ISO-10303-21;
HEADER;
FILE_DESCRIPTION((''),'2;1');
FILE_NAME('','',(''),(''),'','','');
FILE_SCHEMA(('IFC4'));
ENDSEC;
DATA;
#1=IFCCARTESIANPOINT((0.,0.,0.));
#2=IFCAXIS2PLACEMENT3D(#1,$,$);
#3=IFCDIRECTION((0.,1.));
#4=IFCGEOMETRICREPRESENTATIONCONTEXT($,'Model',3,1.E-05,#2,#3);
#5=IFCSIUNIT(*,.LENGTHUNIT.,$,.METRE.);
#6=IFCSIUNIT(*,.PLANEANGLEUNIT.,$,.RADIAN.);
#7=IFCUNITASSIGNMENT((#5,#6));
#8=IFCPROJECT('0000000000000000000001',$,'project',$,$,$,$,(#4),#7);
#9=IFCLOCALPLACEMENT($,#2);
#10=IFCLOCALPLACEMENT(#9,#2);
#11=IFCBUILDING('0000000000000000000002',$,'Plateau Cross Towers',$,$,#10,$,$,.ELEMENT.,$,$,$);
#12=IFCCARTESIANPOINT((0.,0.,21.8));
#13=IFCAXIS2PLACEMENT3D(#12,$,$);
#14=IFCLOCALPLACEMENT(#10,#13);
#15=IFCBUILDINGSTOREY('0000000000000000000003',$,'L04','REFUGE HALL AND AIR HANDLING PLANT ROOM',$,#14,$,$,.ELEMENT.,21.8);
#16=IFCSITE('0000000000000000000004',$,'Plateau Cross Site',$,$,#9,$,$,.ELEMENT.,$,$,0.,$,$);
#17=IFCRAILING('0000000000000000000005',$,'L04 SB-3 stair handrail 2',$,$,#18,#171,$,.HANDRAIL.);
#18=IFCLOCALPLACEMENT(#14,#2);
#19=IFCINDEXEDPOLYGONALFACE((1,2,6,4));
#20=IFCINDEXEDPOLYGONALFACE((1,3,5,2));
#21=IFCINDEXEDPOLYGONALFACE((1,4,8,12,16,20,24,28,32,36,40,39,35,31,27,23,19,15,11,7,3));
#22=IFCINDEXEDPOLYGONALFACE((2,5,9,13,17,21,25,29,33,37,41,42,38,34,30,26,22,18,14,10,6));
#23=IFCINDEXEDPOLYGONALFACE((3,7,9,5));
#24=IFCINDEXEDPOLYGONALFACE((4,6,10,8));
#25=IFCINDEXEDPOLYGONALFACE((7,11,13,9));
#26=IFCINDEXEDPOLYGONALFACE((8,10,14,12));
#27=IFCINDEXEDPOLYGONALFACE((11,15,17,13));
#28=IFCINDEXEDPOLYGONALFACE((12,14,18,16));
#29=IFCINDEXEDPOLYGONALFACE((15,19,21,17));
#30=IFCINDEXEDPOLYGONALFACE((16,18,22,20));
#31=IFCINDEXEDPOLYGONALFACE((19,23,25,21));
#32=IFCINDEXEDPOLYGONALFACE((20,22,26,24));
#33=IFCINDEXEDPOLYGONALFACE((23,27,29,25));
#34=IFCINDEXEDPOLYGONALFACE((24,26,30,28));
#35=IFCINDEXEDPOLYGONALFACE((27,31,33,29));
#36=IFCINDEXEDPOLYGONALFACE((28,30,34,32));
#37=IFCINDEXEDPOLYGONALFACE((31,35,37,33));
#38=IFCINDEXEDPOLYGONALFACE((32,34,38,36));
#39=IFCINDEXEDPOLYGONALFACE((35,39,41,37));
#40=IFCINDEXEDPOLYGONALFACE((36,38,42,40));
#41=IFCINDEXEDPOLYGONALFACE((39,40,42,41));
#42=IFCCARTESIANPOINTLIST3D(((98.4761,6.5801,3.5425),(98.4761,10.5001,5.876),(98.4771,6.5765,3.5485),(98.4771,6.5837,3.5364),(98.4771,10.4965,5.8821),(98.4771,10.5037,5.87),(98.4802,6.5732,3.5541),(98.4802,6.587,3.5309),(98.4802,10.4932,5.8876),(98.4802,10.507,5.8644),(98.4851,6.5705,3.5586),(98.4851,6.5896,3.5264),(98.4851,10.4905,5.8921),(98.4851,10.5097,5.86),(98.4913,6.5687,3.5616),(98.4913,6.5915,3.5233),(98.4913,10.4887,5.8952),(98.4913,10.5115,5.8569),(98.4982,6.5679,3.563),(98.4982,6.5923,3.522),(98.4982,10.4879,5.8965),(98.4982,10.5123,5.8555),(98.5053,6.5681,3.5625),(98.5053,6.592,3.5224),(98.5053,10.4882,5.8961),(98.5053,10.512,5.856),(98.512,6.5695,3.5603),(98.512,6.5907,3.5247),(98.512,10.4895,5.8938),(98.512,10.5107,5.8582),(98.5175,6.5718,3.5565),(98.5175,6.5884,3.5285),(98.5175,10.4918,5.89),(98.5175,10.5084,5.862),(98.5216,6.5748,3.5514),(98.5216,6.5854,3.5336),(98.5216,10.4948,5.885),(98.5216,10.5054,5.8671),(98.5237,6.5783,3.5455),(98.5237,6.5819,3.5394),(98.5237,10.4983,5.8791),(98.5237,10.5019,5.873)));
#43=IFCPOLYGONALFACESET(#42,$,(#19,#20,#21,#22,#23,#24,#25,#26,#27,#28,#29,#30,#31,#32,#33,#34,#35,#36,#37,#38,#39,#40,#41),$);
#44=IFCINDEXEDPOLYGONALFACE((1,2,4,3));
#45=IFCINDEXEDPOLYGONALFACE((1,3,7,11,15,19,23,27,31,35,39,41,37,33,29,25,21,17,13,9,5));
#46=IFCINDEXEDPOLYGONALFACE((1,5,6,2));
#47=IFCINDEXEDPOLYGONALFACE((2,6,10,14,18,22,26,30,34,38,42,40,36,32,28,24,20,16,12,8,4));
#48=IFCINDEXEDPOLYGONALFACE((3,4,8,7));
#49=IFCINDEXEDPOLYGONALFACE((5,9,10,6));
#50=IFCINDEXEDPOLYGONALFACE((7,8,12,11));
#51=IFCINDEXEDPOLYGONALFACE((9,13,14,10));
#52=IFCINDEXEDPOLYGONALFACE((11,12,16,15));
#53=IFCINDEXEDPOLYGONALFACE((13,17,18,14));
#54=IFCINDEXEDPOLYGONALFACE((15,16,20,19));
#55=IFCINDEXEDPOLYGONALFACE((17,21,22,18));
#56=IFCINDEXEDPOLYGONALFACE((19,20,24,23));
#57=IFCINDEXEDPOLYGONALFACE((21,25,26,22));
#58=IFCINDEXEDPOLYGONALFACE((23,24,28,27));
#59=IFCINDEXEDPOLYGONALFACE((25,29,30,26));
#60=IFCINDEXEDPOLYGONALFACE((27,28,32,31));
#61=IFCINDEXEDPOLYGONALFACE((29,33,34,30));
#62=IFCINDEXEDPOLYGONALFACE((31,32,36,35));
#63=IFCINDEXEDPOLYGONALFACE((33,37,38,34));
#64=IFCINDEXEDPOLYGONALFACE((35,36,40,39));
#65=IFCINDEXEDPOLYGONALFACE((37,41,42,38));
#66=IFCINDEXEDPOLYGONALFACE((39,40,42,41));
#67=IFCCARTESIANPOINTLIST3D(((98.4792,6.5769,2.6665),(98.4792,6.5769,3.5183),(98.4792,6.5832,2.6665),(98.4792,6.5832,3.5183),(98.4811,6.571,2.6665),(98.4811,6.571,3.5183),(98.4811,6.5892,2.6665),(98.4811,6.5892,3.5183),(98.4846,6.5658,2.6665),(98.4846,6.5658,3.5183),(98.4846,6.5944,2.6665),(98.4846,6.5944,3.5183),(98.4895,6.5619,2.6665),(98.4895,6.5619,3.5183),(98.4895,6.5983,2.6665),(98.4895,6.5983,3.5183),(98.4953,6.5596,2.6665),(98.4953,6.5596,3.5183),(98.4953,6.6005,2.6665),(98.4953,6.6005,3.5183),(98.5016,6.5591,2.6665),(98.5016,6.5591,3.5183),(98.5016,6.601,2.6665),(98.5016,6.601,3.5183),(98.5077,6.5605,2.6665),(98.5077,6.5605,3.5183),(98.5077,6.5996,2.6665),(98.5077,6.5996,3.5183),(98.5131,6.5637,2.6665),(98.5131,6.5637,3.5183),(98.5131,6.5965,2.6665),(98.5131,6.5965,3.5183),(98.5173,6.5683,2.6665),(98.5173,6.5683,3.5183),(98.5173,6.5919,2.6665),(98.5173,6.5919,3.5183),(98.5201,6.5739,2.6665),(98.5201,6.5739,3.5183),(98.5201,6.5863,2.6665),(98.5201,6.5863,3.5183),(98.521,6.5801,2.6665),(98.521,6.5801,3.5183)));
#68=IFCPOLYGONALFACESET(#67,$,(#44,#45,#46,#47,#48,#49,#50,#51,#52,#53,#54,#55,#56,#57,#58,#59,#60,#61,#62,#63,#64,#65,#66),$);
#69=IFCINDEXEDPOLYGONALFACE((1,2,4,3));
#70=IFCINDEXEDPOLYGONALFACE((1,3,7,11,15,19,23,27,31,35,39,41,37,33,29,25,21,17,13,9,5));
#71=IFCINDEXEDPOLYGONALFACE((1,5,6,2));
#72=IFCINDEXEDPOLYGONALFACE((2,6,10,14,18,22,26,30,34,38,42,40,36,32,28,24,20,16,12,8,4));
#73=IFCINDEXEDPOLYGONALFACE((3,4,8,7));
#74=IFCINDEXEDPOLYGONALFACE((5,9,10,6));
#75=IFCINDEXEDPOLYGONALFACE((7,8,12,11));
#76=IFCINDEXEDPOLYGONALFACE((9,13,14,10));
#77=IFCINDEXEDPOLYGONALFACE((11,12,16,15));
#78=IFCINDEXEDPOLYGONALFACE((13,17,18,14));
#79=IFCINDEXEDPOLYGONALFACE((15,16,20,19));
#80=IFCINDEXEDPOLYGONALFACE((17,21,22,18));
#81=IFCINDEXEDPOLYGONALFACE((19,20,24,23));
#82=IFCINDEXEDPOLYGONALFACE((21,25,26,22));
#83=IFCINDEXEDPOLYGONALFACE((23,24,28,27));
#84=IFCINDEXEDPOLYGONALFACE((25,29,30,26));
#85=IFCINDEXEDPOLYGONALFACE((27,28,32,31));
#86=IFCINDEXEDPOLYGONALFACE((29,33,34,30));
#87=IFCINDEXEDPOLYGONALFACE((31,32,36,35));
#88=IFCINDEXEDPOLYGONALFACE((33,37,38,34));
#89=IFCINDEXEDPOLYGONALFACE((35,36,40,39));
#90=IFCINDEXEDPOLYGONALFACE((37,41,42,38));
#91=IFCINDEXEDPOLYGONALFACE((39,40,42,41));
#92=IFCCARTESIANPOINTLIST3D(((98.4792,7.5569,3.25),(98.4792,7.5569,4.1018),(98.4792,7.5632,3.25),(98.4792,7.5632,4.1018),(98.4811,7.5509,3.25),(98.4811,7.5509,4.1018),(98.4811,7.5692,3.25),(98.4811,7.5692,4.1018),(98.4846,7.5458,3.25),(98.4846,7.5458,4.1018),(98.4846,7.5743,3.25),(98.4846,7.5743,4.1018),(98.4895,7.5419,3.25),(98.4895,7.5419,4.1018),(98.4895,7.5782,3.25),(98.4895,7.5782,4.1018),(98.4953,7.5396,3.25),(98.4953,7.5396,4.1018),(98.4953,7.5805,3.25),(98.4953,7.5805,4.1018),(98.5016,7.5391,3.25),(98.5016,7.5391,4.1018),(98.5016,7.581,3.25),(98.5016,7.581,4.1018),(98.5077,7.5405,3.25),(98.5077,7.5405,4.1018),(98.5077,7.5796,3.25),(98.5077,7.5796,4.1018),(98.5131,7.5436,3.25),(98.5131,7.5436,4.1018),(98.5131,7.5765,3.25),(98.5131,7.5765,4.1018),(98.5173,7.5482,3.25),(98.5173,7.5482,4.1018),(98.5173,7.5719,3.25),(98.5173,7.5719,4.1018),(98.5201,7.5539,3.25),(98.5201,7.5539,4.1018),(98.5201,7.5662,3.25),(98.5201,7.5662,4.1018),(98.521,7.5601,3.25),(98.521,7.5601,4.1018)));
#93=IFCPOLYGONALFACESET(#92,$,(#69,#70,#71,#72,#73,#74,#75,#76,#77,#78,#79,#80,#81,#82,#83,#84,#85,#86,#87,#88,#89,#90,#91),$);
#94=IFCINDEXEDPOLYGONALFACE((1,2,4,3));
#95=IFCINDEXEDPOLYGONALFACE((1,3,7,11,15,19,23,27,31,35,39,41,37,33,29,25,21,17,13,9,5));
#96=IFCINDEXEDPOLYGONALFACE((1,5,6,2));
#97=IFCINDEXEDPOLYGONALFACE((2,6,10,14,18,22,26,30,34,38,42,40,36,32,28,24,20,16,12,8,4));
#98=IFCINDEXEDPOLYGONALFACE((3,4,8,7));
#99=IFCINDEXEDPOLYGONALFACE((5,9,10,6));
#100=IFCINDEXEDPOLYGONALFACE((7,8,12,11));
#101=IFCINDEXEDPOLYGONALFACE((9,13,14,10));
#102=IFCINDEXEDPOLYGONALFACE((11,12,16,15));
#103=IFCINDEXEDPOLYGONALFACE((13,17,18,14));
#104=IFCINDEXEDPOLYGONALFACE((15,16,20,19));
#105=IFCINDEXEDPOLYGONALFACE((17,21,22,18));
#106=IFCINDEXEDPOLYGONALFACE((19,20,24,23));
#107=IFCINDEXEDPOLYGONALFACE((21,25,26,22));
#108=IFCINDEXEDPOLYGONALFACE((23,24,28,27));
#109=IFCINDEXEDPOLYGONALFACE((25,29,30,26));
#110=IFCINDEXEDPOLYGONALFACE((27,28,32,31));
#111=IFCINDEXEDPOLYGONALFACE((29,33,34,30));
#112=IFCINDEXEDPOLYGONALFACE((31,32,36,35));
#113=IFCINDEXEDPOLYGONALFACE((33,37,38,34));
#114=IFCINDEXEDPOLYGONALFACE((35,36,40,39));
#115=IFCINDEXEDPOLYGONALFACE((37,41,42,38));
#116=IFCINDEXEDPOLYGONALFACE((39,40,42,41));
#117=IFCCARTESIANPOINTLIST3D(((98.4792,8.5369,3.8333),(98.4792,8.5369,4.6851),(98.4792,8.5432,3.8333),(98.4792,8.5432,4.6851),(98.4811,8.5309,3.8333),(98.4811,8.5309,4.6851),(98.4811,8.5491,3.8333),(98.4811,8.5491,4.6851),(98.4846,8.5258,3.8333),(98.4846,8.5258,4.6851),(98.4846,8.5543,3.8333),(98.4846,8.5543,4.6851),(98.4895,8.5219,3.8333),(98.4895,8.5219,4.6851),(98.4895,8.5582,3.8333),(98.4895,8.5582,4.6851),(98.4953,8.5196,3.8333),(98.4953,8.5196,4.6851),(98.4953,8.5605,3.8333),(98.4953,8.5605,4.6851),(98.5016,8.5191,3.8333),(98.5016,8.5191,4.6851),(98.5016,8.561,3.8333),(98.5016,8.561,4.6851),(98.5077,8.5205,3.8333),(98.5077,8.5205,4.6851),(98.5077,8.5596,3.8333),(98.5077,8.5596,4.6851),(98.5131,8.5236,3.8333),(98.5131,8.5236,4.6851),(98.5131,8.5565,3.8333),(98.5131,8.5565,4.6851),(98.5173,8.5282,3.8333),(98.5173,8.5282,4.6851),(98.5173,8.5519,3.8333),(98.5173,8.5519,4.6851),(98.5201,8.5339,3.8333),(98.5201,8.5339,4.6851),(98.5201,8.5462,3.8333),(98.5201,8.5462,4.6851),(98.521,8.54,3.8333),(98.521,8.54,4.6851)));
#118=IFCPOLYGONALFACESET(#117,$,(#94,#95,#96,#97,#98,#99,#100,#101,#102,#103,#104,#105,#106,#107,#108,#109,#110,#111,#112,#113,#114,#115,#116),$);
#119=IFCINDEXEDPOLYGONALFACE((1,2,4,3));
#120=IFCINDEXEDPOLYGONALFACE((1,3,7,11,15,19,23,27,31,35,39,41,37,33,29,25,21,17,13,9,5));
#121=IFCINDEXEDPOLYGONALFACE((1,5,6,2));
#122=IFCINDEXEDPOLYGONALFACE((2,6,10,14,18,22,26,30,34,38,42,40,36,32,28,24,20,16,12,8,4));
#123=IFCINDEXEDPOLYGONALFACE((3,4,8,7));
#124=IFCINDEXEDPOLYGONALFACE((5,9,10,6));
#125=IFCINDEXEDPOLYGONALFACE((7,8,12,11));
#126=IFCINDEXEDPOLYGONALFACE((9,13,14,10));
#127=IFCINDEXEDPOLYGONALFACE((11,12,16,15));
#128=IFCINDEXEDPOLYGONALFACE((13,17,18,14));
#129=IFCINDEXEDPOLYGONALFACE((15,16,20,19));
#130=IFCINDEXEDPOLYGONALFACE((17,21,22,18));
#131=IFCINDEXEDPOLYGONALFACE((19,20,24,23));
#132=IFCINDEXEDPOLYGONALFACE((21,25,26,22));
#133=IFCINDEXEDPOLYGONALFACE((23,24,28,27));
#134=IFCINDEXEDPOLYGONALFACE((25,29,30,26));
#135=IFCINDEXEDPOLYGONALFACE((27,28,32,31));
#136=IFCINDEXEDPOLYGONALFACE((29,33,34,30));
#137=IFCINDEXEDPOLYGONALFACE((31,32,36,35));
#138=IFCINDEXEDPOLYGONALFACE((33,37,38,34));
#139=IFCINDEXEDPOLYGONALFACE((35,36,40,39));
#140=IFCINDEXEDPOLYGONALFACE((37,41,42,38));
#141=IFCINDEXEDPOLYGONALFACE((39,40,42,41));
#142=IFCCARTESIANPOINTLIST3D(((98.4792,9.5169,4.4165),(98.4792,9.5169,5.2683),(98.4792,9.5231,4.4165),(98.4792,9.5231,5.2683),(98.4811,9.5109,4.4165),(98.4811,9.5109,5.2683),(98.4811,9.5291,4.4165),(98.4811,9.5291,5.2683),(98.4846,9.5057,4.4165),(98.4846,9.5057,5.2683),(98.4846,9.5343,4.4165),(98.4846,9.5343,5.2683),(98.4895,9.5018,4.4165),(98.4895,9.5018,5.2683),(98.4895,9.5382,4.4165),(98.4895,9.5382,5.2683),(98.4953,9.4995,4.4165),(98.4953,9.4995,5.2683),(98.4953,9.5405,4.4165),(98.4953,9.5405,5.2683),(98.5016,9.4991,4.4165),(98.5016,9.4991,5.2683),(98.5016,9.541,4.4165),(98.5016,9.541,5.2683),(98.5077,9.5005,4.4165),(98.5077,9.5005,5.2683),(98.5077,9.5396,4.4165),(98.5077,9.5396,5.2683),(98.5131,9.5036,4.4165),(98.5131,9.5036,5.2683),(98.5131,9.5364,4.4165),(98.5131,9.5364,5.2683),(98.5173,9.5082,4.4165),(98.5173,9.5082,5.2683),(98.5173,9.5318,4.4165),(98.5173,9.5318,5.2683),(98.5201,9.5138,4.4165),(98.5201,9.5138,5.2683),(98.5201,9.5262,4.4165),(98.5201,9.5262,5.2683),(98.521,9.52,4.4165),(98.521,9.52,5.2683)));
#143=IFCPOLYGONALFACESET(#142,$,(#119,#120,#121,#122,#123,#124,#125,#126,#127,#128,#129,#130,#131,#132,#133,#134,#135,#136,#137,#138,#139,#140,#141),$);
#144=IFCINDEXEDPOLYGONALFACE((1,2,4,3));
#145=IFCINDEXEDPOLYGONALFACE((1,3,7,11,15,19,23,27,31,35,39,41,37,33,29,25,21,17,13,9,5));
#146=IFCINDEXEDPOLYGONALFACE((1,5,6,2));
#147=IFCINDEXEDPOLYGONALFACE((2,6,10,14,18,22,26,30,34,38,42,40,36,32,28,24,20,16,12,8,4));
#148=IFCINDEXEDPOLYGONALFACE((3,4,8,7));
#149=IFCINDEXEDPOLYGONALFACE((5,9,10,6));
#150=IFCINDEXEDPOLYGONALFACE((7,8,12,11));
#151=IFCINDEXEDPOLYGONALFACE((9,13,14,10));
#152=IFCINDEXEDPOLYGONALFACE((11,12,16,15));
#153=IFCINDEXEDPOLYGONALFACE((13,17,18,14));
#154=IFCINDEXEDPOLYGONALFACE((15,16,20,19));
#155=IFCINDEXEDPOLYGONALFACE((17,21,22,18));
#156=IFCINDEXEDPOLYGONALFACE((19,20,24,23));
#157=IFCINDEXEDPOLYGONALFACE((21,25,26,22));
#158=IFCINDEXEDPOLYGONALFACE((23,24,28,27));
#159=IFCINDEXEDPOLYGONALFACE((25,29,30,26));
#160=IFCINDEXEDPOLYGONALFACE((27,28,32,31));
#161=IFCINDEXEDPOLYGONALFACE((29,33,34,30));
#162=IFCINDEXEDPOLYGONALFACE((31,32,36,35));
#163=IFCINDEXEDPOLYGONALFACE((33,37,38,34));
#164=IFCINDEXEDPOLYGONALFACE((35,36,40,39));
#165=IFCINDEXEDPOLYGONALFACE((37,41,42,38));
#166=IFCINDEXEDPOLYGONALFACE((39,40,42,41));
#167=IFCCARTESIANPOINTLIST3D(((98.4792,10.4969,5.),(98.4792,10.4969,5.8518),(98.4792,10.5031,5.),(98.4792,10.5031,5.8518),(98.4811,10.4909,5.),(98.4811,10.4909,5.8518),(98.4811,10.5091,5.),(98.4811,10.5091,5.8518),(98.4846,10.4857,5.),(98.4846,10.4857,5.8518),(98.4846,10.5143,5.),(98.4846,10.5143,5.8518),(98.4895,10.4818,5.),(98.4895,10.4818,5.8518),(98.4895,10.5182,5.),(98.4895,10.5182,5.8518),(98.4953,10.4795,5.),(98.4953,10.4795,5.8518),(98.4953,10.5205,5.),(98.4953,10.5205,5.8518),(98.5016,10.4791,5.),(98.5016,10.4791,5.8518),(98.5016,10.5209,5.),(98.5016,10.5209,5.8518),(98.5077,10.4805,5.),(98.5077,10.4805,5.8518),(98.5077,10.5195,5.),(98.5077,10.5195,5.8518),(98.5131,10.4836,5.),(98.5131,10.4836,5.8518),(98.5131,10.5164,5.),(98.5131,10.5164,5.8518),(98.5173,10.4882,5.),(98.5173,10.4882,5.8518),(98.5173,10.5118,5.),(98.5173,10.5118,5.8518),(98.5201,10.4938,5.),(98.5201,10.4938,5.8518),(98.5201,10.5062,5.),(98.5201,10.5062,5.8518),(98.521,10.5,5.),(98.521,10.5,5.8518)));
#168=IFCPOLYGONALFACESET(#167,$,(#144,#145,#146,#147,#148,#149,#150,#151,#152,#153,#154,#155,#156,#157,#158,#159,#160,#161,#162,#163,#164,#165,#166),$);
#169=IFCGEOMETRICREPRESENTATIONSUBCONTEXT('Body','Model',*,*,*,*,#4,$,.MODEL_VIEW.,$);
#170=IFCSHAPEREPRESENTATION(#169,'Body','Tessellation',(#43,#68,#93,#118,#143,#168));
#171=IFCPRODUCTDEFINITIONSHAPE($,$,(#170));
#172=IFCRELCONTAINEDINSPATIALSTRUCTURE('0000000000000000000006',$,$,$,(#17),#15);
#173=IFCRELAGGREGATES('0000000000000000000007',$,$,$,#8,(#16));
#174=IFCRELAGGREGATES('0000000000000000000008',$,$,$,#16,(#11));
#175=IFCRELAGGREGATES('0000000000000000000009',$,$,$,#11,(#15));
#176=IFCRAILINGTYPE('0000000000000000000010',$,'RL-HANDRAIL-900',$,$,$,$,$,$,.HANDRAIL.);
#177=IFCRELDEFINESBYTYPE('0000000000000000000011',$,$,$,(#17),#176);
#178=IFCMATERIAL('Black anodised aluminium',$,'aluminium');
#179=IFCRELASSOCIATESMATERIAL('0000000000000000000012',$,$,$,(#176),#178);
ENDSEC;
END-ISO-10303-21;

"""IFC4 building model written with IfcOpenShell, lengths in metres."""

from ifc_helpers import new_model, si_unit, direction, frame, origin, origin_2d, place, context, subcontext, project, spatial, circle, extrude, material, type_object, element, save


model = new_model("IFC4")

# Units and contexts
model_context = context("Model", 3, precision=1e-05, world=origin(), true_north=direction((0.0, 1.0)))
body_context = subcontext(model_context, "Body", "Model", "MODEL_VIEW")
ifc_project = project(units=[si_unit("LENGTHUNIT", "METRE"), si_unit("PLANEANGLEUNIT", "RADIAN")], contexts=[model_context])

# Site, building, storey
site_placement = place(None, origin())
site = spatial("IfcSite", under=ifc_project, at=site_placement, Name="Plateau Cross Site", CompositionType="ELEMENT", RefElevation=0.0)
building_placement = place(site_placement, origin())
building = spatial("IfcBuilding", under=site, at=building_placement, Name="Plateau Cross Towers", CompositionType="ELEMENT")
storey_placement = place(building_placement, frame((0.0, 0.0, 21.8)))
storey = spatial("IfcBuildingStorey", under=building, at=storey_placement, Name="L04", Description="REFUGE HALL AND AIR HANDLING PLANT ROOM", CompositionType="ELEMENT", Elevation=21.8)

# Shared definitions
ifc_material_1 = material(Name="Black anodised aluminium", Category="aluminium")

# Railing
railing_type_1 = type_object("IfcRailingType", Name="RL-HANDRAIL-900", PredefinedType="HANDRAIL", material=ifc_material_1)
railing_1_placement = place(storey_placement, frame((98.5, 6.5801, 2.6665)))
element("IfcRailing", 1, at=railing_1_placement, inside=storey, type_object=railing_type_1, Name="L04 SB-3 stair handrail 2", PredefinedType="HANDRAIL", context=body_context, shape_type="SweptSolid", body=[
    extrude(circle(Radius=0.0239, at=origin_2d()), frame((0.0, 0.0, 0.876), z_axis=(0.0, 0.859273, 0.511518), x_axis=(-1.0, 0.0, 0.0)), (0.0, 0.0, 1.0), 4.562),
    extrude(circle(Radius=0.021, at=origin_2d()), origin(), (0.0, 0.0, 1.0), 0.8518),
    extrude(circle(Radius=0.021, at=origin_2d()), frame((0.0, 0.98, 0.5835)), (0.0, 0.0, 1.0), 0.8518),
    extrude(circle(Radius=0.021, at=origin_2d()), frame((0.0, 1.96, 1.1667)), (0.0, 0.0, 1.0), 0.8518),
    extrude(circle(Radius=0.021, at=origin_2d()), frame((0.0, 2.9399, 1.75)), (0.0, 0.0, 1.0), 0.8518),
    extrude(circle(Radius=0.021, at=origin_2d()), frame((0.0, 3.9199, 2.3335)), (0.0, 0.0, 1.0), 0.8518),
])

save(model, "model.ifc")
